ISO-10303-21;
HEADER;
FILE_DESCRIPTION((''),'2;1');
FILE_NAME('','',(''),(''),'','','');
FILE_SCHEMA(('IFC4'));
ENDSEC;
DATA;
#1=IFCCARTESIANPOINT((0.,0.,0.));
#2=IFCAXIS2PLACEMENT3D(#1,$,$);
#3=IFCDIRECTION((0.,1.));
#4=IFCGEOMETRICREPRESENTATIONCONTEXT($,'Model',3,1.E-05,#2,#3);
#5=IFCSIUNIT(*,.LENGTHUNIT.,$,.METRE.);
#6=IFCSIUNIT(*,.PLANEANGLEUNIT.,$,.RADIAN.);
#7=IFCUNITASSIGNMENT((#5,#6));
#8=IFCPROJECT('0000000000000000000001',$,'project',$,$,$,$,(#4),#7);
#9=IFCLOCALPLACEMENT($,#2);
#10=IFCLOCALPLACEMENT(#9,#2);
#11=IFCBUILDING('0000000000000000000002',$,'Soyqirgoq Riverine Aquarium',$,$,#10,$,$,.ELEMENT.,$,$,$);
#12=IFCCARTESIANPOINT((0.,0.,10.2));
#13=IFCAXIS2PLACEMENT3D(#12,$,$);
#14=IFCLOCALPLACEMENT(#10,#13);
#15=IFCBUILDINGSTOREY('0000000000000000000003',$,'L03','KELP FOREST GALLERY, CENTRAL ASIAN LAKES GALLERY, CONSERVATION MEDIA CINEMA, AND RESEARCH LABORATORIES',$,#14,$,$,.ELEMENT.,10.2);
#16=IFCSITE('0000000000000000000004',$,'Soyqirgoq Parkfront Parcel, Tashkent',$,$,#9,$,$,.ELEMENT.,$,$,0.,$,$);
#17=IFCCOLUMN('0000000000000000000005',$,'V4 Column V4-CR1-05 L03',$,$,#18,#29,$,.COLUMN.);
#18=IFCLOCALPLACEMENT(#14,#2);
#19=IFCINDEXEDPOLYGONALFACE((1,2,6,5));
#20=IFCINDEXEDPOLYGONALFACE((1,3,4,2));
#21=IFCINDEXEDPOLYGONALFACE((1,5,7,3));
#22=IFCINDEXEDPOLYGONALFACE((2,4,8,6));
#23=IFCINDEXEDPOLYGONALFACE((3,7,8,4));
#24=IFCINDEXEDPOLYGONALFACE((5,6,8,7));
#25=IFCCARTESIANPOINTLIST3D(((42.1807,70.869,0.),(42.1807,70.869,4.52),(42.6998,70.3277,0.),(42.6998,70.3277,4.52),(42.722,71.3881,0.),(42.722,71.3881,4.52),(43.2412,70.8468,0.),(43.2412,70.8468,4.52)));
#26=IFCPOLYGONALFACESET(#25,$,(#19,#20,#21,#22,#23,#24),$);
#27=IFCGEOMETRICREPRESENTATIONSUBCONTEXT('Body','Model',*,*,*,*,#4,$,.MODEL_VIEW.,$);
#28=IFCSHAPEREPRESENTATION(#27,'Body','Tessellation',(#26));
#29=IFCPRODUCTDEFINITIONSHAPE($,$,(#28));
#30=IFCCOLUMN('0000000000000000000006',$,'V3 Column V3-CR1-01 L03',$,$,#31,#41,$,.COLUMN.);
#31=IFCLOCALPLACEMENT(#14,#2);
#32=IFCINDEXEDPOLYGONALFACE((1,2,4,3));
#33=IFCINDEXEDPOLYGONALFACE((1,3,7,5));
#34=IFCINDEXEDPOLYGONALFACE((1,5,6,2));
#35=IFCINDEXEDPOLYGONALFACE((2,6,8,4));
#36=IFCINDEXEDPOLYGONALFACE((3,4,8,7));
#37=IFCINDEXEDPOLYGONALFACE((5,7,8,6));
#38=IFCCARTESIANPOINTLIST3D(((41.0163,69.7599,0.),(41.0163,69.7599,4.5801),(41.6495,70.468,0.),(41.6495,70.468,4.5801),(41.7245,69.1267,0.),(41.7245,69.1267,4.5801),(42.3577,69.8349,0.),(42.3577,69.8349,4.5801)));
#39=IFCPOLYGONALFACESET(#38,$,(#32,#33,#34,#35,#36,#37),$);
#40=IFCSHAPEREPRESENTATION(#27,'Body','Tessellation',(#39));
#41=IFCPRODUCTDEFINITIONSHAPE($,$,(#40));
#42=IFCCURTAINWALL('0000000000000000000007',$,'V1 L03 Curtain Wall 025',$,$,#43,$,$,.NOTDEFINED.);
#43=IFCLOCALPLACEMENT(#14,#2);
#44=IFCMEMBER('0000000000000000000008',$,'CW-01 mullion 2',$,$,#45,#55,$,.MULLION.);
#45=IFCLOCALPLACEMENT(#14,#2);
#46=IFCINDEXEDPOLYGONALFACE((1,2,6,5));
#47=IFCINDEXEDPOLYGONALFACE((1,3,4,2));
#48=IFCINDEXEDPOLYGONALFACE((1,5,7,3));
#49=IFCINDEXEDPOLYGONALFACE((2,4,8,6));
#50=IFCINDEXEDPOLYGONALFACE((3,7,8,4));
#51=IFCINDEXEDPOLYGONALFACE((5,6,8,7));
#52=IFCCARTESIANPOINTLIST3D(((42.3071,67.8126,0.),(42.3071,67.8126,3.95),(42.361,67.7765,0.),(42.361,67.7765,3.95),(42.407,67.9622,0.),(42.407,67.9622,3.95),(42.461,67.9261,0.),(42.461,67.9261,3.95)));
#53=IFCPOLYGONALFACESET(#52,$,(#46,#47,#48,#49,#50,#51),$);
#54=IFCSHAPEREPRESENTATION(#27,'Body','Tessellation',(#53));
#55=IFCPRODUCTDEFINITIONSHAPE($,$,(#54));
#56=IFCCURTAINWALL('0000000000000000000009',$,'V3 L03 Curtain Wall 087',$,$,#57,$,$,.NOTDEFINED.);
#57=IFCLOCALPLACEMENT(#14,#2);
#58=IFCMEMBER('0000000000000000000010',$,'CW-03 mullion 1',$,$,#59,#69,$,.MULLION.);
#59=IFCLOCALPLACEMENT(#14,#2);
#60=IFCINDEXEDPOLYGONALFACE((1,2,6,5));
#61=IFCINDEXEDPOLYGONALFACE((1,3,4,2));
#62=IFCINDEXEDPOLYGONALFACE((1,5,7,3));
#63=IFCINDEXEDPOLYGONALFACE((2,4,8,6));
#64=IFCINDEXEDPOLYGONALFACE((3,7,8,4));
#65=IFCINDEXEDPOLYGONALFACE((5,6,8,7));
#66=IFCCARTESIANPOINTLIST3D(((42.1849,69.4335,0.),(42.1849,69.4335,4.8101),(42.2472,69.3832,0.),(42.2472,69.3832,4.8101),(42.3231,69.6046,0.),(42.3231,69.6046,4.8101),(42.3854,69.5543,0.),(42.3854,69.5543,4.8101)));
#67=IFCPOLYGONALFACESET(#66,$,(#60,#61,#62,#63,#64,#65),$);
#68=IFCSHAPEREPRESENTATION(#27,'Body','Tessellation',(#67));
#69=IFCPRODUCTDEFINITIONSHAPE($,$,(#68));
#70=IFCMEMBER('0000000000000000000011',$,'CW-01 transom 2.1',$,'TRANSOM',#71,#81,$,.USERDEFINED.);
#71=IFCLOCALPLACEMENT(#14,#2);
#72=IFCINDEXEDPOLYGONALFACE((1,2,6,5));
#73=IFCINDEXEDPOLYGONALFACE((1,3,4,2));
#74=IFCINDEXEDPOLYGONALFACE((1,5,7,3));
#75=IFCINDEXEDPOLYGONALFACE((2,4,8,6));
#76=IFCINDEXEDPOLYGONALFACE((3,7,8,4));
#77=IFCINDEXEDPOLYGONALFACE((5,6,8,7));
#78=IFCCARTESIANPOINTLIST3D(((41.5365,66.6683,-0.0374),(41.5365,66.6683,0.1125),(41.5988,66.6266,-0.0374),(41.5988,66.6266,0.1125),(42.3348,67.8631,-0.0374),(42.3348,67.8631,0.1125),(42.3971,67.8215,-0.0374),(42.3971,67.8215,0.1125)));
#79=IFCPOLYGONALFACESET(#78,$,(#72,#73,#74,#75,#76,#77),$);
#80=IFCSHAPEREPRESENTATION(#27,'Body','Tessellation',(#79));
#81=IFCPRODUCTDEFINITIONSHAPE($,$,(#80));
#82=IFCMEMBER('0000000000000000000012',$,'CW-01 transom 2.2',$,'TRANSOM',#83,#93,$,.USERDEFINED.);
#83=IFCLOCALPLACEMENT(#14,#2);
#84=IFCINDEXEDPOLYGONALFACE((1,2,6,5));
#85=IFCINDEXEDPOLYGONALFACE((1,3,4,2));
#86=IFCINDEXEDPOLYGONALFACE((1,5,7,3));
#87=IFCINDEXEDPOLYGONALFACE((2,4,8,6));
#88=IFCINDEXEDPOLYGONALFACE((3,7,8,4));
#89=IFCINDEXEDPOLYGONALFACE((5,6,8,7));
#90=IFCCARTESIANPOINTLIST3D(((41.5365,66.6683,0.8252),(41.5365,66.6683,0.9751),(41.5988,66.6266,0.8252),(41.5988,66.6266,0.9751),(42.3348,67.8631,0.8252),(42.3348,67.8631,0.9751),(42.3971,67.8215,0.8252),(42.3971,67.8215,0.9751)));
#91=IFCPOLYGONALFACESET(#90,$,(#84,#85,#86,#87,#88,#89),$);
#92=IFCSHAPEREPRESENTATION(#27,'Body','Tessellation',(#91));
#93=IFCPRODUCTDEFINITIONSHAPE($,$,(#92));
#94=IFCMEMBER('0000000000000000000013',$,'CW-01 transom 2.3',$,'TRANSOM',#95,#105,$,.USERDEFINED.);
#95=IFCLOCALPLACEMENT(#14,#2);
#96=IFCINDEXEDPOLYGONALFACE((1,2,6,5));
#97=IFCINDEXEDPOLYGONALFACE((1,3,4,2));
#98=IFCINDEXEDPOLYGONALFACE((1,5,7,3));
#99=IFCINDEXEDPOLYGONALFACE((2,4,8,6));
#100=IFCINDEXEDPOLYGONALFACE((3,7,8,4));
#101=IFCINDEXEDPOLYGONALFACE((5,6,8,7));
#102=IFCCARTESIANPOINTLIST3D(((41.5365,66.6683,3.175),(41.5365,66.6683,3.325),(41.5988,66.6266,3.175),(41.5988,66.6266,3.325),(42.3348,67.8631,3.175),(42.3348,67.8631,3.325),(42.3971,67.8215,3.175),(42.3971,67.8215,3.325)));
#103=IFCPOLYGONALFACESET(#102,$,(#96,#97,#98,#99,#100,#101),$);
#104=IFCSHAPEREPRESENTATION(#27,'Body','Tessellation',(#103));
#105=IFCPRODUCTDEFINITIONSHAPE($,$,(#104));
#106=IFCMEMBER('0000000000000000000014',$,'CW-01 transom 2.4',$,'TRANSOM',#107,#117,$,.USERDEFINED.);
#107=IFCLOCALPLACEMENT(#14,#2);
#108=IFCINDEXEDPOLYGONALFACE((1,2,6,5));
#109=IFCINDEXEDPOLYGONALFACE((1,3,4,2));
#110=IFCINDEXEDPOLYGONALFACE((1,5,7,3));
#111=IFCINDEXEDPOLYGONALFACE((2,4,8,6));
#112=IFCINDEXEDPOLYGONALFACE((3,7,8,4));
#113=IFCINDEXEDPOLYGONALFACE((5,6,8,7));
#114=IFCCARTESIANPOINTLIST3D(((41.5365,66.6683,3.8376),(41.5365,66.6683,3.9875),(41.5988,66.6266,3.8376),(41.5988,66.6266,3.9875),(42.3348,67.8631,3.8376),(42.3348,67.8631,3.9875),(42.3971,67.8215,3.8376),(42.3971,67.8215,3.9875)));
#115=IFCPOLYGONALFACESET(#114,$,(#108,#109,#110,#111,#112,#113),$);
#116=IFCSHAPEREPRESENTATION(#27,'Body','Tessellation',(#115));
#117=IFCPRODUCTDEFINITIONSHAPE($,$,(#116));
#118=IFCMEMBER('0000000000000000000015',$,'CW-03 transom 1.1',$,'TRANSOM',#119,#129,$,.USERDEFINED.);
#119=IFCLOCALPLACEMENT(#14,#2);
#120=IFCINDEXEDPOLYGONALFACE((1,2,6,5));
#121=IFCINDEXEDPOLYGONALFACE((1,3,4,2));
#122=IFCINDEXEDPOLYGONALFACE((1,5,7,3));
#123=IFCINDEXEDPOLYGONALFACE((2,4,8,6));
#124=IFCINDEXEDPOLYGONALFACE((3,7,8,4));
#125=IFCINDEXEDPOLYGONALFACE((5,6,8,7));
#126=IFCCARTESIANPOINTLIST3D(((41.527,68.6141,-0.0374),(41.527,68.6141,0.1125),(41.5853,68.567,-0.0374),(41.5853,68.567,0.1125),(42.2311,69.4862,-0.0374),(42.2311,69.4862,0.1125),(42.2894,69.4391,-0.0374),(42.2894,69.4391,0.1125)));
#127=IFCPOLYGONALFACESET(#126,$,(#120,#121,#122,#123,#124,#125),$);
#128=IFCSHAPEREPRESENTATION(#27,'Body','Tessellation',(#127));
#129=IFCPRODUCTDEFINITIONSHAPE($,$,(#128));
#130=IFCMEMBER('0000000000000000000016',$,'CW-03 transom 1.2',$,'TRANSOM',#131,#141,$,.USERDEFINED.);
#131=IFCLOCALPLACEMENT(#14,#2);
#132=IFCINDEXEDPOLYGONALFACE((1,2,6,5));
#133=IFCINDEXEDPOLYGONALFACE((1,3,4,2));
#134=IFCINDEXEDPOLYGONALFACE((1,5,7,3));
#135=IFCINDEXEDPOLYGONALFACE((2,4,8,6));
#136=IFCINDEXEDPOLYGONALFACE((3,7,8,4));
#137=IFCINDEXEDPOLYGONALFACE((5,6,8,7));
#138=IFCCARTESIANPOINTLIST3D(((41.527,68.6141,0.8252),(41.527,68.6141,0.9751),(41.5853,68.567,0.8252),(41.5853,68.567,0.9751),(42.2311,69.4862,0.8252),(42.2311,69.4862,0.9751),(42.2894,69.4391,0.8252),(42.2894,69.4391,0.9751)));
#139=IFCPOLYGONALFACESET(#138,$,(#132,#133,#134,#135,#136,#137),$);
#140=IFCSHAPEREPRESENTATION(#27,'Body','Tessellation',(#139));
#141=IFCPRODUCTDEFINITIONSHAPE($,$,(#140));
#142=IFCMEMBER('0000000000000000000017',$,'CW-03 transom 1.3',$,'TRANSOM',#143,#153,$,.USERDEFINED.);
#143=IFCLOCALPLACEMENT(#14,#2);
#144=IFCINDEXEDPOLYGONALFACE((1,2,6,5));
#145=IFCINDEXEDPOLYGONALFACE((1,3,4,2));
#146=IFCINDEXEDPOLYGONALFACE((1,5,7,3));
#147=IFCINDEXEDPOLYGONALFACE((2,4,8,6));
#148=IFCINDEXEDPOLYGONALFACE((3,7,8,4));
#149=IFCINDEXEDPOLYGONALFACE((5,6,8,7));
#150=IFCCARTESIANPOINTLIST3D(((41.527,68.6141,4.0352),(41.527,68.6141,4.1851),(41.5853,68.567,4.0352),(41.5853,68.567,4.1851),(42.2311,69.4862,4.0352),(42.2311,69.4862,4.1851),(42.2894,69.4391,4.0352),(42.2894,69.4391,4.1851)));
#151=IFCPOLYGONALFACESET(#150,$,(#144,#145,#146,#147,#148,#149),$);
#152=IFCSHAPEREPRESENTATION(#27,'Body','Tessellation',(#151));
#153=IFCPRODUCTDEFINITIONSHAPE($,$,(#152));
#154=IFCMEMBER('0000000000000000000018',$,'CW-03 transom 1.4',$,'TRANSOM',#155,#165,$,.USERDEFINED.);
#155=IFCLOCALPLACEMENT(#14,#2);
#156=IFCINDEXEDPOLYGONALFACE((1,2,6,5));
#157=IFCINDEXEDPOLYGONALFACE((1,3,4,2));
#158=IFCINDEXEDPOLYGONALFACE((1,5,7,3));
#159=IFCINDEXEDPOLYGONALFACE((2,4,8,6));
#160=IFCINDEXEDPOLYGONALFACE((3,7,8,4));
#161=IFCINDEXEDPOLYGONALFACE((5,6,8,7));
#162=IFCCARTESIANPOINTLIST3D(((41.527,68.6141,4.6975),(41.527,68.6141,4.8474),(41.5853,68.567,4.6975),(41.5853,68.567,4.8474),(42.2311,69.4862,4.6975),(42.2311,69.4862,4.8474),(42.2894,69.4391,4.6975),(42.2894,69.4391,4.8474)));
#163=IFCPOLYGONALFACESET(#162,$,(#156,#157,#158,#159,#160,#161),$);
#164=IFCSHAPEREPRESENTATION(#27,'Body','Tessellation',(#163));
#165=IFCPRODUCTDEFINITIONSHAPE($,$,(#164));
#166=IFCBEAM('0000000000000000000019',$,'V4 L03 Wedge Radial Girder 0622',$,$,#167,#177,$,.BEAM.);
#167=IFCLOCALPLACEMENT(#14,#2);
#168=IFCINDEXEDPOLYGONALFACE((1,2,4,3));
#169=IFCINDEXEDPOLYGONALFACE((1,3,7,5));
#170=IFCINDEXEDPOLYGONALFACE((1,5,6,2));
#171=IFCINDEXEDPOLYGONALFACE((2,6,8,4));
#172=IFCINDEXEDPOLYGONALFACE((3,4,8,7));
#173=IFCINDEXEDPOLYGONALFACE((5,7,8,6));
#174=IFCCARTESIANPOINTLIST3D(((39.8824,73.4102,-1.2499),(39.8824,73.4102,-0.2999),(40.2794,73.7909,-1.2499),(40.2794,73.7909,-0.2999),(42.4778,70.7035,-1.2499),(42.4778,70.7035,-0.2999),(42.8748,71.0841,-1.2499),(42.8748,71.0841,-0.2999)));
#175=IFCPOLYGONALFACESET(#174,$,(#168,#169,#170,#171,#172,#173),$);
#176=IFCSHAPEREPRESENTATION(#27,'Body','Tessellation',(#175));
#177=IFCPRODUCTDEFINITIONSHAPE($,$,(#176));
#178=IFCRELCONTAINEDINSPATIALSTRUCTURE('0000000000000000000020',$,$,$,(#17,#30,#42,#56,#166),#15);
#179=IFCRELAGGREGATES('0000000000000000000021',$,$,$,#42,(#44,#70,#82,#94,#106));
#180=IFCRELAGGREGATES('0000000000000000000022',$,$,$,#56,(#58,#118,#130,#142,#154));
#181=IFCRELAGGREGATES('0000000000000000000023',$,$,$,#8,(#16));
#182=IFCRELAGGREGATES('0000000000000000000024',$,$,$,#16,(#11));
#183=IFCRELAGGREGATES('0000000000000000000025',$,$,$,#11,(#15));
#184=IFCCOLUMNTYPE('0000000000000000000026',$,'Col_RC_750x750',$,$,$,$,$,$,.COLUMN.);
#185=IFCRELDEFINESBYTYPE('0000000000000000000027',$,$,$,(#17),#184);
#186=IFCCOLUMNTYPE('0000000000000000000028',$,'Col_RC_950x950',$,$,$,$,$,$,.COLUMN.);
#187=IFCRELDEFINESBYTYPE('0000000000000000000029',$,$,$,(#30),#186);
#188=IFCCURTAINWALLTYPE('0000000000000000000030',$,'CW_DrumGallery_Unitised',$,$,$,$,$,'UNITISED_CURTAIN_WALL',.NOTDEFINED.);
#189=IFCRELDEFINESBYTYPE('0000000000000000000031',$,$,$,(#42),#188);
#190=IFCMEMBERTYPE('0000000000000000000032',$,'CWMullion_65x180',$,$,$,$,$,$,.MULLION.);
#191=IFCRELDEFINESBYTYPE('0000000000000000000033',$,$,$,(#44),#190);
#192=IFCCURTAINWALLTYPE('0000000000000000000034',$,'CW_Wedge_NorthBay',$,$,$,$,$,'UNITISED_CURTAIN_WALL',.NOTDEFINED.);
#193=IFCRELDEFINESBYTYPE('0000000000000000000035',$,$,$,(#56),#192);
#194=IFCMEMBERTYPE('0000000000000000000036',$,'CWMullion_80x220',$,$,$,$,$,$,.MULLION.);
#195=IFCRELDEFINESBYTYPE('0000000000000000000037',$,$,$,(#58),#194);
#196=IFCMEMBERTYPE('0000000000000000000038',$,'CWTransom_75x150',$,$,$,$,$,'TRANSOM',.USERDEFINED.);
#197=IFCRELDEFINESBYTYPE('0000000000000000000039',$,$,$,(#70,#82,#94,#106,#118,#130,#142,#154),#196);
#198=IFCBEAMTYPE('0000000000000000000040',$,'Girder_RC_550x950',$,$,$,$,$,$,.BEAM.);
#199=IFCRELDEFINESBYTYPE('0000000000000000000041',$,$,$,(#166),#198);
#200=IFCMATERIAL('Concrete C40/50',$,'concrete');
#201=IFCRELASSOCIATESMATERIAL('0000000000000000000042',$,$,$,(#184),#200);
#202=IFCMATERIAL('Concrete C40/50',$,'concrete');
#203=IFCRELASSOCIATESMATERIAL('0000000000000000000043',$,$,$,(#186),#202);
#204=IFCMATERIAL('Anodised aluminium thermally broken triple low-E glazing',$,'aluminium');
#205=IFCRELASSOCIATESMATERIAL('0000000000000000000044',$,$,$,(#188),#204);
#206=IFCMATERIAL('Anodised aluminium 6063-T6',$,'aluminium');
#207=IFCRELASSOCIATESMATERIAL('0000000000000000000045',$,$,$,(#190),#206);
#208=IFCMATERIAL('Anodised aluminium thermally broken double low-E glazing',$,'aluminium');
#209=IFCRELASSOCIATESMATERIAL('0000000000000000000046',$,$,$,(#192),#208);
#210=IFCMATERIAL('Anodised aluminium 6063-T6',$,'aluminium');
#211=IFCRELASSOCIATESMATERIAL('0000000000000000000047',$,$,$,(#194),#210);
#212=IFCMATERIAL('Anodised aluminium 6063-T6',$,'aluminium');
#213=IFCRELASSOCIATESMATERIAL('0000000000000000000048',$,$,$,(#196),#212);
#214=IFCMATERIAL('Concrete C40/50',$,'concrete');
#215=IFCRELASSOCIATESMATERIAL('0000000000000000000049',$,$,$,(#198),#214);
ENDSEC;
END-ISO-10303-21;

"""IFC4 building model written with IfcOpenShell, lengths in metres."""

from ifc_helpers import new_model, si_unit, direction, frame, origin, origin_2d, place, context, subcontext, project, spatial, rectangle, extrude, material, material_profile, profile_set, type_object, element, aggregate, save


model = new_model("IFC4")

# Units and contexts
model_context = context("Model", 3, precision=1e-05, world=origin(), true_north=direction((0.0, 1.0)))
body_context = subcontext(model_context, "Body", "Model", "MODEL_VIEW")
ifc_project = project(units=[si_unit("LENGTHUNIT", "METRE"), si_unit("PLANEANGLEUNIT", "RADIAN")], contexts=[model_context])

# Site, building, storey
site_placement = place(None, origin())
site = spatial("IfcSite", under=ifc_project, at=site_placement, Name="Soyqirgoq Parkfront Parcel, Tashkent", CompositionType="ELEMENT", RefElevation=0.0)
building_placement = place(site_placement, origin())
building = spatial("IfcBuilding", under=site, at=building_placement, Name="Soyqirgoq Riverine Aquarium", CompositionType="ELEMENT")
storey_placement = place(building_placement, frame((0.0, 0.0, 10.2)))
storey = spatial("IfcBuildingStorey", under=building, at=storey_placement, Name="L03", Description="KELP FOREST GALLERY, CENTRAL ASIAN LAKES GALLERY, CONSERVATION MEDIA CINEMA, AND RESEARCH LABORATORIES", CompositionType="ELEMENT", Elevation=10.2)

# Columns
ifc_material_1 = material(Name="Concrete C40/50", Category="concrete")
ifc_material_profile_1 = material_profile(ifc_material_1, rectangle(XDim=0.75, YDim=0.75, at=origin_2d()), Name="RC 750x750")
ifc_profile_set_1 = profile_set([ifc_material_profile_1], Name="Concrete C40/50")
column_type_1 = type_object("IfcColumnType", Name="Col_RC_750x750", PredefinedType="COLUMN", material=ifc_profile_set_1)
column_1_placement = place(storey_placement, frame((42.7109, 70.8579, 0.0), z_axis=(0.0, 0.0, 1.0), x_axis=(-0.692143, 0.72176, 0.0)))
element("IfcColumn", 1, at=column_1_placement, inside=storey, type_object=column_type_1, Name="V4 Column V4-CR1-05 L03", PredefinedType="COLUMN", context=body_context, shape_type="SweptSolid", body=[
    extrude(rectangle(XDim=0.75, YDim=0.75, at=origin_2d()), origin(), (0.0, 0.0, 1.0), 4.52),
])
ifc_material_2 = material(Name="Concrete C40/50", Category="concrete")
ifc_material_profile_2 = material_profile(ifc_material_2, rectangle(XDim=0.95, YDim=0.95, at=origin_2d()), Name="RC 950x950")
ifc_profile_set_2 = profile_set([ifc_material_profile_2], Name="Concrete C40/50")
column_type_2 = type_object("IfcColumnType", Name="Col_RC_950x950", PredefinedType="COLUMN", material=ifc_profile_set_2)
column_2_placement = place(storey_placement, frame((41.687, 69.7974, 0.0), z_axis=(0.0, 0.0, 1.0), x_axis=(-0.745476, 0.666532, 0.0)))
element("IfcColumn", 2, at=column_2_placement, inside=storey, type_object=column_type_2, Name="V3 Column V3-CR1-01 L03", PredefinedType="COLUMN", context=body_context, shape_type="SweptSolid", body=[
    extrude(rectangle(XDim=0.95, YDim=0.95, at=origin_2d()), origin(), (0.0, 0.0, 1.0), 4.5801),
])

# Curtain walls, members
ifc_material_3 = material(Name="Anodised aluminium thermally broken triple low-E glazing", Category="aluminium")
curtain_wall_type_1 = type_object("IfcCurtainWallType", Name="CW_DrumGallery_Unitised", ElementType="UNITISED_CURTAIN_WALL", PredefinedType="NOTDEFINED", material=ifc_material_3)
curtain_wall_1_placement = place(storey_placement, origin())
curtain_wall_1 = element("IfcCurtainWall", 3, at=curtain_wall_1_placement, inside=storey, type_object=curtain_wall_type_1, Name="V1 L03 Curtain Wall 025", PredefinedType="NOTDEFINED")
ifc_material_4 = material(Name="Anodised aluminium 6063-T6", Category="aluminium")
ifc_material_profile_3 = material_profile(ifc_material_4, rectangle(XDim=0.0649, YDim=0.1799, at=origin_2d()), Name="ALU-M 65x180")
ifc_profile_set_3 = profile_set([ifc_material_profile_3], Name="Anodised aluminium 6063-T6")
member_type_1 = type_object("IfcMemberType", Name="CWMullion_65x180", PredefinedType="MULLION", material=ifc_profile_set_3)
member_1_placement = place(storey_placement, frame((42.384, 67.8694, 0.0), z_axis=(0.0, 0.0, 1.0), x_axis=(0.831469, -0.555572, 0.0)))
member_1 = element("IfcMember", 4, at=member_1_placement, type_object=member_type_1, Name="CW-01 mullion 2", PredefinedType="MULLION", context=body_context, shape_type="SweptSolid", body=[
    extrude(rectangle(XDim=0.0649, YDim=0.1799, at=origin_2d()), origin(), (0.0, 0.0, 1.0), 3.95),
])
ifc_material_5 = material(Name="Anodised aluminium thermally broken double low-E glazing", Category="aluminium")
curtain_wall_type_2 = type_object("IfcCurtainWallType", Name="CW_Wedge_NorthBay", ElementType="UNITISED_CURTAIN_WALL", PredefinedType="NOTDEFINED", material=ifc_material_5)
curtain_wall_2_placement = place(storey_placement, origin())
curtain_wall_2 = element("IfcCurtainWall", 5, at=curtain_wall_2_placement, inside=storey, type_object=curtain_wall_type_2, Name="V3 L03 Curtain Wall 087", PredefinedType="NOTDEFINED")
ifc_material_6 = material(Name="Anodised aluminium 6063-T6", Category="aluminium")
ifc_material_profile_4 = material_profile(ifc_material_6, rectangle(XDim=0.0801, YDim=0.22, at=origin_2d()), Name="ALU-M 80x220")
ifc_profile_set_4 = profile_set([ifc_material_profile_4], Name="Anodised aluminium 6063-T6")
member_type_2 = type_object("IfcMemberType", Name="CWMullion_80x220", PredefinedType="MULLION", material=ifc_profile_set_4)
member_2_placement = place(storey_placement, frame((42.2852, 69.4939, 0.0), z_axis=(0.0, 0.0, 1.0), x_axis=(0.77809, -0.628153, 0.0)))
member_2 = element("IfcMember", 6, at=member_2_placement, type_object=member_type_2, Name="CW-03 mullion 1", PredefinedType="MULLION", context=body_context, shape_type="SweptSolid", body=[
    extrude(rectangle(XDim=0.0801, YDim=0.22, at=origin_2d()), origin(), (0.0, 0.0, 1.0), 4.8101),
])

# Members
ifc_material_7 = material(Name="Anodised aluminium 6063-T6", Category="aluminium")
ifc_material_profile_5 = material_profile(ifc_material_7, rectangle(XDim=0.075, YDim=0.1499, at=origin_2d()), Name="ALU-T 75x150")
ifc_profile_set_5 = profile_set([ifc_material_profile_5], Name="Anodised aluminium 6063-T6")
member_type_3 = type_object("IfcMemberType", Name="CWTransom_75x150", ElementType="TRANSOM", PredefinedType="USERDEFINED", material=ifc_profile_set_5)
member_3_placement = place(storey_placement, frame((42.366, 67.8423, 0.0376), z_axis=(-0.555562, -0.831475, 0.0), x_axis=(0.831475, -0.555562, 0.0)))
member_3 = element("IfcMember", 7, at=member_3_placement, type_object=member_type_3, Name="CW-01 transom 2.1", ObjectType="TRANSOM", PredefinedType="USERDEFINED", context=body_context, shape_type="SweptSolid", body=[
    extrude(rectangle(XDim=0.075, YDim=0.1499, at=origin_2d()), origin(), (0.0, 0.0, 1.0), 1.437),
])
member_4_placement = place(storey_placement, frame((42.366, 67.8423, 0.9001), z_axis=(-0.555562, -0.831475, 0.0), x_axis=(0.831475, -0.555562, 0.0)))
member_4 = element("IfcMember", 8, at=member_4_placement, type_object=member_type_3, Name="CW-01 transom 2.2", ObjectType="TRANSOM", PredefinedType="USERDEFINED", context=body_context, shape_type="SweptSolid", body=[
    extrude(rectangle(XDim=0.075, YDim=0.1499, at=origin_2d()), origin(), (0.0, 0.0, 1.0), 1.437),
])
member_5_placement = place(storey_placement, frame((42.366, 67.8423, 3.25), z_axis=(-0.555562, -0.831475, 0.0), x_axis=(0.831475, -0.555562, 0.0)))
member_5 = element("IfcMember", 9, at=member_5_placement, type_object=member_type_3, Name="CW-01 transom 2.3", ObjectType="TRANSOM", PredefinedType="USERDEFINED", context=body_context, shape_type="SweptSolid", body=[
    extrude(rectangle(XDim=0.075, YDim=0.1499, at=origin_2d()), origin(), (0.0, 0.0, 1.0), 1.437),
])
member_6_placement = place(storey_placement, frame((42.366, 67.8423, 3.9126), z_axis=(-0.555562, -0.831475, 0.0), x_axis=(0.831475, -0.555562, 0.0)))
member_6 = element("IfcMember", 10, at=member_6_placement, type_object=member_type_3, Name="CW-01 transom 2.4", ObjectType="TRANSOM", PredefinedType="USERDEFINED", context=body_context, shape_type="SweptSolid", body=[
    extrude(rectangle(XDim=0.075, YDim=0.1499, at=origin_2d()), origin(), (0.0, 0.0, 1.0), 1.437),
])
member_7_placement = place(storey_placement, frame((42.2603, 69.4626, 0.0376), z_axis=(-0.628195, -0.778056, 0.0), x_axis=(0.778056, -0.628195, 0.0)))
member_7 = element("IfcMember", 11, at=member_7_placement, type_object=member_type_3, Name="CW-03 transom 1.1", ObjectType="TRANSOM", PredefinedType="USERDEFINED", context=body_context, shape_type="SweptSolid", body=[
    extrude(rectangle(XDim=0.075, YDim=0.1499, at=origin_2d()), origin(), (0.0, 0.0, 1.0), 1.1208),
])
member_8_placement = place(storey_placement, frame((42.2603, 69.4626, 0.9001), z_axis=(-0.628195, -0.778056, 0.0), x_axis=(0.778056, -0.628195, 0.0)))
member_8 = element("IfcMember", 12, at=member_8_placement, type_object=member_type_3, Name="CW-03 transom 1.2", ObjectType="TRANSOM", PredefinedType="USERDEFINED", context=body_context, shape_type="SweptSolid", body=[
    extrude(rectangle(XDim=0.075, YDim=0.1499, at=origin_2d()), origin(), (0.0, 0.0, 1.0), 1.1208),
])
member_9_placement = place(storey_placement, frame((42.2603, 69.4626, 4.1101), z_axis=(-0.628195, -0.778056, 0.0), x_axis=(0.778056, -0.628195, 0.0)))
member_9 = element("IfcMember", 13, at=member_9_placement, type_object=member_type_3, Name="CW-03 transom 1.3", ObjectType="TRANSOM", PredefinedType="USERDEFINED", context=body_context, shape_type="SweptSolid", body=[
    extrude(rectangle(XDim=0.075, YDim=0.1499, at=origin_2d()), origin(), (0.0, 0.0, 1.0), 1.1208),
])
member_10_placement = place(storey_placement, frame((42.2603, 69.4626, 4.7725), z_axis=(-0.628195, -0.778056, 0.0), x_axis=(0.778056, -0.628195, 0.0)))
member_10 = element("IfcMember", 14, at=member_10_placement, type_object=member_type_3, Name="CW-03 transom 1.4", ObjectType="TRANSOM", PredefinedType="USERDEFINED", context=body_context, shape_type="SweptSolid", body=[
    extrude(rectangle(XDim=0.075, YDim=0.1499, at=origin_2d()), origin(), (0.0, 0.0, 1.0), 1.1208),
])

# Beam
ifc_material_8 = material(Name="Concrete C40/50", Category="concrete")
ifc_material_profile_6 = material_profile(ifc_material_8, rectangle(XDim=0.55, YDim=0.95, at=origin_2d()), Name="RC 550x950")
ifc_profile_set_6 = profile_set([ifc_material_profile_6], Name="Concrete C40/50")
beam_type = type_object("IfcBeamType", Name="Girder_RC_550x950", PredefinedType="BEAM", material=ifc_profile_set_6)
beam_placement = place(storey_placement, frame((42.6763, 70.8938, -0.7749), z_axis=(-0.692108, 0.721794, 0.0), x_axis=(-0.721794, -0.692108, 0.0)))
element("IfcBeam", 15, at=beam_placement, inside=storey, type_object=beam_type, Name="V4 L03 Wedge Radial Girder 0622", PredefinedType="BEAM", context=body_context, shape_type="SweptSolid", body=[
    extrude(rectangle(XDim=0.55, YDim=0.95, at=origin_2d()), origin(), (0.0, 0.0, 1.0), 3.75),
])

aggregate(curtain_wall_1, [member_1, member_3, member_4, member_5, member_6])
aggregate(curtain_wall_2, [member_2, member_7, member_8, member_9, member_10])

save(model, "model.ifc")
